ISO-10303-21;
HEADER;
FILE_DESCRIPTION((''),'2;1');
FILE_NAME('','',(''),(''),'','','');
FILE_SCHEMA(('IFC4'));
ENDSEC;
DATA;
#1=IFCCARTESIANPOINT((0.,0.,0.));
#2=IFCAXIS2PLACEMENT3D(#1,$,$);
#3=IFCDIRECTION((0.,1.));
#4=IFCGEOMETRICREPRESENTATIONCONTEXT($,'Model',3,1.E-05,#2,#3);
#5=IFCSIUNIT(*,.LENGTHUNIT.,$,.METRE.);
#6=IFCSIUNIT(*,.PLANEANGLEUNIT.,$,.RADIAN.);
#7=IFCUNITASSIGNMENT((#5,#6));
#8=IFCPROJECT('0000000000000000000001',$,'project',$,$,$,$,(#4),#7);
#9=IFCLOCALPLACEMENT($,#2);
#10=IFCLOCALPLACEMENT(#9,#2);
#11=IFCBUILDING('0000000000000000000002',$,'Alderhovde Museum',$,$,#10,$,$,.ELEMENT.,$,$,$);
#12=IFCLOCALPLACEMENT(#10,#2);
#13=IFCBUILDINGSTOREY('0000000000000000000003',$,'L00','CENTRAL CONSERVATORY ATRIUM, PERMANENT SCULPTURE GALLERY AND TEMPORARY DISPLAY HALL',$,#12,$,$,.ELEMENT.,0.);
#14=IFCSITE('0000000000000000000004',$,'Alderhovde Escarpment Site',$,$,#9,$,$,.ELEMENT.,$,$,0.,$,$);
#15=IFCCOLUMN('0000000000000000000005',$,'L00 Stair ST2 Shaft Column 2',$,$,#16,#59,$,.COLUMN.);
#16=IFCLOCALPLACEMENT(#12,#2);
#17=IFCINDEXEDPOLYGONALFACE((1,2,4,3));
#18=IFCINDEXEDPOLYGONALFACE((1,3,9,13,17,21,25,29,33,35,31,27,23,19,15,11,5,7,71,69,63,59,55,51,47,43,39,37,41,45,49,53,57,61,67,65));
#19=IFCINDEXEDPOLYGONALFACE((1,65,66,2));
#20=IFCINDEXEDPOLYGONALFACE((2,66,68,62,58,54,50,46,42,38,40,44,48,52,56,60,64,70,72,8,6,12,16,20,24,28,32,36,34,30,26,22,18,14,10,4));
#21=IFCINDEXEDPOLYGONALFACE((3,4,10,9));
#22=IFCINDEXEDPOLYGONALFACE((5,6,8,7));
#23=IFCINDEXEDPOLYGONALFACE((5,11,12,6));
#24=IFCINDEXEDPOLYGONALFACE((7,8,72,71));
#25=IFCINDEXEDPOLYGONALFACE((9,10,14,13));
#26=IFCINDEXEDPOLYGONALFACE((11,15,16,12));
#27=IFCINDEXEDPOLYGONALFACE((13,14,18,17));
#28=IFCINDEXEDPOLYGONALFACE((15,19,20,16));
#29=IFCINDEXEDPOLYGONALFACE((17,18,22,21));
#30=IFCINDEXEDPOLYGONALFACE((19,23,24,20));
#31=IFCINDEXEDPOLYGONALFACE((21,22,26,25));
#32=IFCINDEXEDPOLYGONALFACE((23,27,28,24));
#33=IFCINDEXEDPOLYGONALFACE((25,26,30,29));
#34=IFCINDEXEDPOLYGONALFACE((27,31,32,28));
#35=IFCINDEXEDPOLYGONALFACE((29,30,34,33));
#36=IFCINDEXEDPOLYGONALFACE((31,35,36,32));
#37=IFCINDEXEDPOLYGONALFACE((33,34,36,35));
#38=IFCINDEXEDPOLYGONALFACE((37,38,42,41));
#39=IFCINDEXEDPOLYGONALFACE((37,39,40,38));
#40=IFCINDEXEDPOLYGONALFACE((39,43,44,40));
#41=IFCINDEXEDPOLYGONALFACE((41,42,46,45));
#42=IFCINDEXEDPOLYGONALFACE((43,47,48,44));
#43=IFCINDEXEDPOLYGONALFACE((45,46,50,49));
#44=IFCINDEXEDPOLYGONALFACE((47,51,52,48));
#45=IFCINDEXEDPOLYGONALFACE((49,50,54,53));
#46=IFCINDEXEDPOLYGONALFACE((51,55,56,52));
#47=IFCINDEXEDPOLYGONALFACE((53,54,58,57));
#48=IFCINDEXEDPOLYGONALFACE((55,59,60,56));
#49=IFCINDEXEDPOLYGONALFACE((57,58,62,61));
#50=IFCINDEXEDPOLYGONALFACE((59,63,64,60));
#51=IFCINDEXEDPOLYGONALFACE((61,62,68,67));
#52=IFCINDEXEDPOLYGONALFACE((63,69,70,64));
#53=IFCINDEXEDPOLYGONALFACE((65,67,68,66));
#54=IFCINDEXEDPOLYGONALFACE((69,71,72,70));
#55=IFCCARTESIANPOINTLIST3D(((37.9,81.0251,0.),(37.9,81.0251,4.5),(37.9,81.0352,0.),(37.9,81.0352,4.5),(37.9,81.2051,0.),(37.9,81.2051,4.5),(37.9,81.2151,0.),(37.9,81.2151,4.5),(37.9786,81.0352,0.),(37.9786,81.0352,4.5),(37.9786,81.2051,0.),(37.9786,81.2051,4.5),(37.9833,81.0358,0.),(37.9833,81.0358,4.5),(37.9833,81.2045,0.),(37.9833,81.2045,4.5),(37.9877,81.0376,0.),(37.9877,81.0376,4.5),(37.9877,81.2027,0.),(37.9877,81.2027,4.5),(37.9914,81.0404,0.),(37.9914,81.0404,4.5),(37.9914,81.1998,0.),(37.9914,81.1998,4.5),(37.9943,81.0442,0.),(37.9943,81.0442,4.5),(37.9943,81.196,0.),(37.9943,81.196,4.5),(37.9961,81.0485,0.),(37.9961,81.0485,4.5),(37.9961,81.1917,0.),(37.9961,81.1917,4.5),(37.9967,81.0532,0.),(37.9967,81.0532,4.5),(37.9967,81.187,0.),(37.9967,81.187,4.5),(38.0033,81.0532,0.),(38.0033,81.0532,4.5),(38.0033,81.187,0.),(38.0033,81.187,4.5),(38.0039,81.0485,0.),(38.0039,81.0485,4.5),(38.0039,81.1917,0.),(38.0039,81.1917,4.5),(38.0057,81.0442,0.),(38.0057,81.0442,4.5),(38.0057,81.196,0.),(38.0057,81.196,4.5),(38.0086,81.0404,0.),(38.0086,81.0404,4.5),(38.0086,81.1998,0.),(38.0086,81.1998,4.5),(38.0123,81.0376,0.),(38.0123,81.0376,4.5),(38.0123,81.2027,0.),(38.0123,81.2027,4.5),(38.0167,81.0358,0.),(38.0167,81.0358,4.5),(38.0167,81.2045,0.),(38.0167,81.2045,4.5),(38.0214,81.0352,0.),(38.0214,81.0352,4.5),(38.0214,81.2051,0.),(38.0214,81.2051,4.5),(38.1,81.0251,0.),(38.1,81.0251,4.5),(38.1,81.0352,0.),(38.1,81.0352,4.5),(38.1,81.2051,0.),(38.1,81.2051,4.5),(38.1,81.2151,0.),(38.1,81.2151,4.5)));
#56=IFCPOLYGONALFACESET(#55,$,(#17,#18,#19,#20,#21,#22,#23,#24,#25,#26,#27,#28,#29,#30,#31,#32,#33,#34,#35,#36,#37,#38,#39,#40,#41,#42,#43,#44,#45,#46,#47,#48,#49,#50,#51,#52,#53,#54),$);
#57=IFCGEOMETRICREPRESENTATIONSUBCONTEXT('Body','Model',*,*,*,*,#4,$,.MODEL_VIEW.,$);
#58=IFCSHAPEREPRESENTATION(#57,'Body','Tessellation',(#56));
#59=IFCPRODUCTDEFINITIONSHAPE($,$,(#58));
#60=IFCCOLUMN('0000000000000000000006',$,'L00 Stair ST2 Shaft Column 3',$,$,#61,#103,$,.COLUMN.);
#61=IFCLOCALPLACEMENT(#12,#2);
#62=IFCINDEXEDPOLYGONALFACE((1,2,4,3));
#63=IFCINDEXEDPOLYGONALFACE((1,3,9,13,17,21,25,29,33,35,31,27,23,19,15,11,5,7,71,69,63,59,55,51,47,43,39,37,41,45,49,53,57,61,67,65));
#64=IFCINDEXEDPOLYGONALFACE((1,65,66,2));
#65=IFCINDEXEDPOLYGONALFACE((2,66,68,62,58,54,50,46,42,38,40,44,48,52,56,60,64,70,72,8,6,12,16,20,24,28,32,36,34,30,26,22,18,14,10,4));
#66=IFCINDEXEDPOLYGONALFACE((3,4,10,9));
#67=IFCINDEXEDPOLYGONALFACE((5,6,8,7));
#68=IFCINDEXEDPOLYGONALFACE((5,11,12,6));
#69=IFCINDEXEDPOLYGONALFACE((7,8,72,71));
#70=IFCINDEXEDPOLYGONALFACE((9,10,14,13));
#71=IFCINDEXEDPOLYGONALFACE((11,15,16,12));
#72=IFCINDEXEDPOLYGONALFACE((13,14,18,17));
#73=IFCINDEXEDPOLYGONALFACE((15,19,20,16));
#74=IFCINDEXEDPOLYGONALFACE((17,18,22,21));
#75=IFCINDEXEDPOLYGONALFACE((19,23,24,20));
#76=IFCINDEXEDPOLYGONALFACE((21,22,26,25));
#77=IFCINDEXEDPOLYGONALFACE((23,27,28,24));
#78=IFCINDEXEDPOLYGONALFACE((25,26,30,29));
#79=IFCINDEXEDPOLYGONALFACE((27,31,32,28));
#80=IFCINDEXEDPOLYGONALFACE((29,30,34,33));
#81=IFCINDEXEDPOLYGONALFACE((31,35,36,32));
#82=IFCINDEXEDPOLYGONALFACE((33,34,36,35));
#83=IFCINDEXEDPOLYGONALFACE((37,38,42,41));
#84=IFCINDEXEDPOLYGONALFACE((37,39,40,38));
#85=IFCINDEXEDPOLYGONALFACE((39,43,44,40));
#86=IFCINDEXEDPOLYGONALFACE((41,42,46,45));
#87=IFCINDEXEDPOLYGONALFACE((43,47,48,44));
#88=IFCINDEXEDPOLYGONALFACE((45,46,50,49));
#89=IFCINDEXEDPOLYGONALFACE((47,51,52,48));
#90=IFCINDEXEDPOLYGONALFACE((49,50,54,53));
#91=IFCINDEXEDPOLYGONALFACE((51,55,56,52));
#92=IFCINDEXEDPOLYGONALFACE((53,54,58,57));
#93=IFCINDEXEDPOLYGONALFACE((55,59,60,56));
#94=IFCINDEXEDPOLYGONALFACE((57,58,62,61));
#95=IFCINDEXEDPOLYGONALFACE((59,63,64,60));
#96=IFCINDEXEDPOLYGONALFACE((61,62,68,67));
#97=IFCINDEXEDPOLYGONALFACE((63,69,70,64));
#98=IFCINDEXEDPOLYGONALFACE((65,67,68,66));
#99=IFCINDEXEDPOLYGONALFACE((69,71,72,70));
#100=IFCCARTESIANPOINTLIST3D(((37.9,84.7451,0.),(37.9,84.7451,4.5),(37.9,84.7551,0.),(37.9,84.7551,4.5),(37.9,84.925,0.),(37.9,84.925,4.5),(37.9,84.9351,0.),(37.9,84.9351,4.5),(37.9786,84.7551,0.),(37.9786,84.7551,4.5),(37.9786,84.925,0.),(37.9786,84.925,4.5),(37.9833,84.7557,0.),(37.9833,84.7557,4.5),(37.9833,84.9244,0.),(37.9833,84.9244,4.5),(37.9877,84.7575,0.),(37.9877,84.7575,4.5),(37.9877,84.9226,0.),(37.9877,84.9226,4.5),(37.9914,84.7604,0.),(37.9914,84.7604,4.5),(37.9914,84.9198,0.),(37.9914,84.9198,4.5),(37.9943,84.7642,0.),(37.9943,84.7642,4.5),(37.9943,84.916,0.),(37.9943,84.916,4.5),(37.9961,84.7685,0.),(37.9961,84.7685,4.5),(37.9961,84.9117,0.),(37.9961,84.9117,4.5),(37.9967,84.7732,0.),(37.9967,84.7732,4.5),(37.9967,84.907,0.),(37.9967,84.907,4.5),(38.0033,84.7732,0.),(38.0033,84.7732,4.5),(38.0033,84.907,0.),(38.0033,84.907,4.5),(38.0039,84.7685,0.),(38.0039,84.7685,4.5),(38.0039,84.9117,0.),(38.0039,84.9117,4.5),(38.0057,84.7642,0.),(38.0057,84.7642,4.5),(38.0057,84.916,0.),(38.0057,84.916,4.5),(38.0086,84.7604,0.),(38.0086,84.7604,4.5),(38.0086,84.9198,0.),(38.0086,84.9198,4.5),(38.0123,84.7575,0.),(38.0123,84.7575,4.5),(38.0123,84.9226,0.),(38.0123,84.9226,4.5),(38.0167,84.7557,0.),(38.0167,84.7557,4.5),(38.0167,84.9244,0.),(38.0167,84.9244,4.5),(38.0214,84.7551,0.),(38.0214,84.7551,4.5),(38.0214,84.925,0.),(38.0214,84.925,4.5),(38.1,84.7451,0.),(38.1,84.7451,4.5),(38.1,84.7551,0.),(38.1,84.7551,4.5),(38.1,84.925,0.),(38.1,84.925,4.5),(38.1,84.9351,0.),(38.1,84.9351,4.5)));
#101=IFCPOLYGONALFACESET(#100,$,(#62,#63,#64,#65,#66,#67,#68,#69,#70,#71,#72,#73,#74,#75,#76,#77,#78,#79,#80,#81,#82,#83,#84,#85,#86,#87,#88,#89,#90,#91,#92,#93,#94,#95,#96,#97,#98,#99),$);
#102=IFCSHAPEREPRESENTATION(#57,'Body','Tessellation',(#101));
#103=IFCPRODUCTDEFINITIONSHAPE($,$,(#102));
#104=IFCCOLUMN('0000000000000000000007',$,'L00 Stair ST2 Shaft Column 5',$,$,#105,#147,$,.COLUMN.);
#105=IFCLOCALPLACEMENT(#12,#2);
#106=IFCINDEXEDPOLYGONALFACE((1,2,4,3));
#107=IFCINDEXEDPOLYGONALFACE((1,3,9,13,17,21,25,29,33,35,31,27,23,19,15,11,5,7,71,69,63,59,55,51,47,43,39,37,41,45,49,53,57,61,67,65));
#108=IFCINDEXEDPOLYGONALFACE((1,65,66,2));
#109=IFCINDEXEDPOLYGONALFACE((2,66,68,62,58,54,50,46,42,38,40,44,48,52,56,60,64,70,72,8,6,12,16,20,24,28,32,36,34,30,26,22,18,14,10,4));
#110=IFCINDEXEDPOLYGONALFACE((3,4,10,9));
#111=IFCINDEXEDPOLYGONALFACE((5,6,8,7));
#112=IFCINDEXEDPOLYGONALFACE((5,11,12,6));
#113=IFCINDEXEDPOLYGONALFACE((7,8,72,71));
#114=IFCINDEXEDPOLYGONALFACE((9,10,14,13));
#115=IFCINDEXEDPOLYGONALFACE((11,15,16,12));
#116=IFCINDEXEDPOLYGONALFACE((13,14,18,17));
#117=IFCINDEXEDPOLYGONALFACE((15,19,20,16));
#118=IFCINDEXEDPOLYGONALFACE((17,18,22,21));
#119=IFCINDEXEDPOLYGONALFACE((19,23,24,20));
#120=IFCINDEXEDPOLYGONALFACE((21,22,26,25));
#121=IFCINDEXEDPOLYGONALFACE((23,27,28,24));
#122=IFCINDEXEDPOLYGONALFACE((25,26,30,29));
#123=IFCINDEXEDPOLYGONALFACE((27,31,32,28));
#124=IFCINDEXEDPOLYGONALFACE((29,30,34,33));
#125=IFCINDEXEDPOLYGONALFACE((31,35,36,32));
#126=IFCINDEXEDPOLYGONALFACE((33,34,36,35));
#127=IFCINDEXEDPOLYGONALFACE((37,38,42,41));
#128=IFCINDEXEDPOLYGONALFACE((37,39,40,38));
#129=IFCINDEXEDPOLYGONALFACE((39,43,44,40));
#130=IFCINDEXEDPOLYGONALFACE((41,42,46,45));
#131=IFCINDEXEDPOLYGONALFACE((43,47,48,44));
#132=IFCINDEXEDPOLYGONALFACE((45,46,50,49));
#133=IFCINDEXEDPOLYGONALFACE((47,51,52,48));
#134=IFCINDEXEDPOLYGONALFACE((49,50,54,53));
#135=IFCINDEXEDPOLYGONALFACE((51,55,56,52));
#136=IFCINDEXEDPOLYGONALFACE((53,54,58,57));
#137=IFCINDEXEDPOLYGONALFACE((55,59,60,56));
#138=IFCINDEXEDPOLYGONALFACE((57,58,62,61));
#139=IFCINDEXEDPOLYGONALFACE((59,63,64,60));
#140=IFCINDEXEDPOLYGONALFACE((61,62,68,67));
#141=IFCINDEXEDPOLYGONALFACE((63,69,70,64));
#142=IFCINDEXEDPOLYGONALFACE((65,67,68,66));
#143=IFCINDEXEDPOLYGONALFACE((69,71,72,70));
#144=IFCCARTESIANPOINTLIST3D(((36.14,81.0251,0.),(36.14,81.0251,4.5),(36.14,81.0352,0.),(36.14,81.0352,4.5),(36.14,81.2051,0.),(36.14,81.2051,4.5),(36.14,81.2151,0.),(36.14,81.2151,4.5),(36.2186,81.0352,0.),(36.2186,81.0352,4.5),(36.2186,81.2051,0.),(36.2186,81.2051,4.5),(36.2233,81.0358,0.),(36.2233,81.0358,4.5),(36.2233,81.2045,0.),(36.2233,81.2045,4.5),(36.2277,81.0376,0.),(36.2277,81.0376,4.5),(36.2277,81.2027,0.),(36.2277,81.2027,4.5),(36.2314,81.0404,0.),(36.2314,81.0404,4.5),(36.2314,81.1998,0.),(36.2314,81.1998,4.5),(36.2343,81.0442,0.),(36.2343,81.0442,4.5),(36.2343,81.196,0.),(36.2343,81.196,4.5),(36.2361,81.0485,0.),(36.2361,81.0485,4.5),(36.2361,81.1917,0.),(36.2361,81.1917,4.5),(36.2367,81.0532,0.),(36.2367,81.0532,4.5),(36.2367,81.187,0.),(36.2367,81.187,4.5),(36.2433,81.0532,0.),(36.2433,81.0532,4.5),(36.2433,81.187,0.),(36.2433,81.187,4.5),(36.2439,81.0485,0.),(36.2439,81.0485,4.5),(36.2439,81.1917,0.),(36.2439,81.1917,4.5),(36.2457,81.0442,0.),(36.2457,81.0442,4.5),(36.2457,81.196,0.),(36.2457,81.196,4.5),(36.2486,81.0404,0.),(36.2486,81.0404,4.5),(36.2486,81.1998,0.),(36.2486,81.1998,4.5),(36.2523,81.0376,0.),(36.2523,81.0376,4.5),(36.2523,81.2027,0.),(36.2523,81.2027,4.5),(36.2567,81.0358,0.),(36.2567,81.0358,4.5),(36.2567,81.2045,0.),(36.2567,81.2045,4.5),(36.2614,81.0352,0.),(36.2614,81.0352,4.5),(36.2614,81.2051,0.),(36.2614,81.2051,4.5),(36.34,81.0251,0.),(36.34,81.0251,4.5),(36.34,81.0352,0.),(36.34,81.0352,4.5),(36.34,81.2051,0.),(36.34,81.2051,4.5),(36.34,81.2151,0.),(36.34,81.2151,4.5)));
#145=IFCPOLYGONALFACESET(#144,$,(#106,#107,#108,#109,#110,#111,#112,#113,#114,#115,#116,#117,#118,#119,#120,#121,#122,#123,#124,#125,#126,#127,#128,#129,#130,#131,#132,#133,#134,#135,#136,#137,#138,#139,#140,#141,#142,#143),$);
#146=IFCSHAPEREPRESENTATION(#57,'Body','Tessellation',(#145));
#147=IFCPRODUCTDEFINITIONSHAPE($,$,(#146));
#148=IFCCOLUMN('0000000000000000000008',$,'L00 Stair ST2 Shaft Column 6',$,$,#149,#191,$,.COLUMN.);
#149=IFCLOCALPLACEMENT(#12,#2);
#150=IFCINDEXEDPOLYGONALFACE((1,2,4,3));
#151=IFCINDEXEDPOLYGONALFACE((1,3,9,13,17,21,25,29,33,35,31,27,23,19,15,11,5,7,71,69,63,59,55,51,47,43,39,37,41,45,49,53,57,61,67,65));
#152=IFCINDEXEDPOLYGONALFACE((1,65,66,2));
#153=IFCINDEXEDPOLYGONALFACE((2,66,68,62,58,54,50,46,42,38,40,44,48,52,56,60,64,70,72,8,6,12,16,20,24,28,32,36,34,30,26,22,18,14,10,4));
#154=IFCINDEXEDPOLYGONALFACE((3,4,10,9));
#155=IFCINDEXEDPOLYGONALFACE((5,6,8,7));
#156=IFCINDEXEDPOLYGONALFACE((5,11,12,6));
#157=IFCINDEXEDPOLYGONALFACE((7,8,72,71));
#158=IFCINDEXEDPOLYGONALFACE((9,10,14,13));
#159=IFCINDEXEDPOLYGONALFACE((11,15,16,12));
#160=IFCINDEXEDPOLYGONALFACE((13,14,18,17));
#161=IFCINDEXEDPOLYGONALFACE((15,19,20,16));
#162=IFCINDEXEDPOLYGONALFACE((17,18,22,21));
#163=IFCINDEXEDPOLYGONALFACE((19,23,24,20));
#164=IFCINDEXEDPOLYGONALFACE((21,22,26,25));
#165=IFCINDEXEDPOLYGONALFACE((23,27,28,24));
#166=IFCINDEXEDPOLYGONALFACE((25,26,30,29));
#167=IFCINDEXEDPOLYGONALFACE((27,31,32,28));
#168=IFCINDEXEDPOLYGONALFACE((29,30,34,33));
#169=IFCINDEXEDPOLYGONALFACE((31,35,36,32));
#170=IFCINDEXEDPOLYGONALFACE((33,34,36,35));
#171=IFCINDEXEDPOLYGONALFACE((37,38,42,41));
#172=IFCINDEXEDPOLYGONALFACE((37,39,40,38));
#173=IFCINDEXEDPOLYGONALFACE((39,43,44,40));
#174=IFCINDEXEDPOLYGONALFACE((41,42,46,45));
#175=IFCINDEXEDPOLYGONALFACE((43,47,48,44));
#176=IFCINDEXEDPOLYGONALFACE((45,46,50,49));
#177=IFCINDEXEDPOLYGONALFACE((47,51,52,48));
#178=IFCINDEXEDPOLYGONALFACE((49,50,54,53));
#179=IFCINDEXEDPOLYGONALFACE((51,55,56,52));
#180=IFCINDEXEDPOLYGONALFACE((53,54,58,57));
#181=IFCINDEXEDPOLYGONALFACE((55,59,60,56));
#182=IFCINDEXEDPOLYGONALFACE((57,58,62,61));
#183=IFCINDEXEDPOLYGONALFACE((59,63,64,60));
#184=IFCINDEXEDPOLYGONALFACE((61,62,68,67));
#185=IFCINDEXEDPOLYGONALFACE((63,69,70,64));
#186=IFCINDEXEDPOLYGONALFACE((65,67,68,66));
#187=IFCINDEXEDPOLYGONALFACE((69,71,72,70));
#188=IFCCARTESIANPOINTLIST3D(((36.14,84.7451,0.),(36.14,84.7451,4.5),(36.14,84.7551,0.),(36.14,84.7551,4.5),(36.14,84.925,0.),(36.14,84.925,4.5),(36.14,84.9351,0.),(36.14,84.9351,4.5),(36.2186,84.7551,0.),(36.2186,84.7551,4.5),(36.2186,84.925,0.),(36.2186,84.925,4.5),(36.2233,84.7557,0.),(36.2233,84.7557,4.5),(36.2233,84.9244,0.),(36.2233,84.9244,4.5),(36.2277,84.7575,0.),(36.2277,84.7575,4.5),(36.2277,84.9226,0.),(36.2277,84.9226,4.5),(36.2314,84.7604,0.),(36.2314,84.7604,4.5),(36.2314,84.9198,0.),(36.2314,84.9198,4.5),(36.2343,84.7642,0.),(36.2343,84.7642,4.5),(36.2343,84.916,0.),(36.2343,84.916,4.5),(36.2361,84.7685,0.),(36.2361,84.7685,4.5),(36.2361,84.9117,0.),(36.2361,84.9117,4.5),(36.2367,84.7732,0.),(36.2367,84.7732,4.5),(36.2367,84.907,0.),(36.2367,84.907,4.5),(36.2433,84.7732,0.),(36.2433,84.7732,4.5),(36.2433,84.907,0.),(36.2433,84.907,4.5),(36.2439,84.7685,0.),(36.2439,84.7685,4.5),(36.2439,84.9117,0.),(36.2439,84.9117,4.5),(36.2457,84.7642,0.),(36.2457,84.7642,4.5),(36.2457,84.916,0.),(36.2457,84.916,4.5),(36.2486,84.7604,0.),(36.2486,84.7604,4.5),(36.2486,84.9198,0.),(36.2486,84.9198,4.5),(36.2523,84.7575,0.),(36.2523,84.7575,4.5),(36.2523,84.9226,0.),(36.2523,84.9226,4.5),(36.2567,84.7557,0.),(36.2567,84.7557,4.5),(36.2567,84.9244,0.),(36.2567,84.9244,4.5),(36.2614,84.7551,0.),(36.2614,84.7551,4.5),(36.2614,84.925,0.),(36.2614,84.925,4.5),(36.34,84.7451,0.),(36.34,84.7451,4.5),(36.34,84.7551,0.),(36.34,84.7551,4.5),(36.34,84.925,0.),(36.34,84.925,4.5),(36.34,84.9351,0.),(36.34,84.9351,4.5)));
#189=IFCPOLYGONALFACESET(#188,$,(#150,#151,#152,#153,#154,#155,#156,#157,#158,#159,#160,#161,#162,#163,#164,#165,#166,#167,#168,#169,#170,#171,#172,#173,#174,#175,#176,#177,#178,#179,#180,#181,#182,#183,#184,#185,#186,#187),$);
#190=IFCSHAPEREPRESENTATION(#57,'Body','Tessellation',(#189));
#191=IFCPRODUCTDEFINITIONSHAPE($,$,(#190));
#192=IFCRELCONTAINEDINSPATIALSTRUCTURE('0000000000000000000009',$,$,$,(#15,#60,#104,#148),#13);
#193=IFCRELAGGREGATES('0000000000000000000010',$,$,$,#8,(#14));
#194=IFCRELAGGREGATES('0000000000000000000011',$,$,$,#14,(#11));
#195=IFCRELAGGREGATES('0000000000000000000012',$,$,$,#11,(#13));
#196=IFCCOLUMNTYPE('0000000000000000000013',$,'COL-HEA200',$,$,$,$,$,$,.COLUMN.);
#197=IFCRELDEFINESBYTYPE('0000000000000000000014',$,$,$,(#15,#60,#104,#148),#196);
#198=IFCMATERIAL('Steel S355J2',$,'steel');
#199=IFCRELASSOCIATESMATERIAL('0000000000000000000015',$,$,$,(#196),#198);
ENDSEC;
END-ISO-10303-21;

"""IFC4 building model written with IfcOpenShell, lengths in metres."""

from ifc_helpers import new_model, si_unit, direction, frame, origin, origin_2d, place, context, subcontext, project, spatial, i_section, extrude, material, material_profile, profile_set, type_object, element, save


model = new_model("IFC4")

# Units and contexts
model_context = context("Model", 3, precision=1e-05, world=origin(), true_north=direction((0.0, 1.0)))
body_context = subcontext(model_context, "Body", "Model", "MODEL_VIEW")
ifc_project = project(units=[si_unit("LENGTHUNIT", "METRE"), si_unit("PLANEANGLEUNIT", "RADIAN")], contexts=[model_context])

# Site, building, storey
site_placement = place(None, origin())
site = spatial("IfcSite", under=ifc_project, at=site_placement, Name="Alderhovde Escarpment Site", CompositionType="ELEMENT", RefElevation=0.0)
building_placement = place(site_placement, origin())
building = spatial("IfcBuilding", under=site, at=building_placement, Name="Alderhovde Museum", CompositionType="ELEMENT")
storey_placement = place(building_placement, origin())
storey = spatial("IfcBuildingStorey", under=building, at=storey_placement, Name="L00", Description="CENTRAL CONSERVATORY ATRIUM, PERMANENT SCULPTURE GALLERY AND TEMPORARY DISPLAY HALL", CompositionType="ELEMENT", Elevation=0.0)

# Columns
ifc_material_1 = material(Name="Steel S355J2", Category="steel")
ifc_material_profile_1 = material_profile(ifc_material_1, i_section(OverallWidth=0.2, OverallDepth=0.1899, WebThickness=0.0066, FlangeThickness=0.01, FilletRadius=0.0181, at=origin_2d()), Name="HEA 200")
ifc_profile_set_1 = profile_set([ifc_material_profile_1], Name="Steel S355J2")
column_type_1 = type_object("IfcColumnType", Name="COL-HEA200", PredefinedType="COLUMN", material=ifc_profile_set_1)
for number, where, z_axis, x_axis, name in (
    (1, (38.0, 81.1201, 0.0), (0.0, 0.0, 1.0), (1.0, 0.0, 0.0), "L00 Stair ST2 Shaft Column 2"),
    (2, (38.0, 84.8401, 0.0), (0.0, 0.0, 1.0), (1.0, 0.0, 0.0), "L00 Stair ST2 Shaft Column 3"),
    (3, (36.24, 81.1201, 0.0), (0.0, 0.0, 1.0), (1.0, 0.0, 0.0), "L00 Stair ST2 Shaft Column 5"),
    (4, (36.24, 84.8401, 0.0), (0.0, 0.0, 1.0), (1.0, 0.0, 0.0), "L00 Stair ST2 Shaft Column 6"),
):
    element("IfcColumn", number, at=place(storey_placement, frame(where, z_axis=z_axis, x_axis=x_axis)), inside=storey, type_object=column_type_1, Name=name, PredefinedType="COLUMN", context=body_context, shape_type="SweptSolid", body=[
        extrude(i_section(OverallWidth=0.2, OverallDepth=0.1899, WebThickness=0.0066, FlangeThickness=0.01, FilletRadius=0.0181, at=origin_2d()), origin(), (0.0, 0.0, 1.0), 4.5),
    ])

save(model, "model.ifc")
